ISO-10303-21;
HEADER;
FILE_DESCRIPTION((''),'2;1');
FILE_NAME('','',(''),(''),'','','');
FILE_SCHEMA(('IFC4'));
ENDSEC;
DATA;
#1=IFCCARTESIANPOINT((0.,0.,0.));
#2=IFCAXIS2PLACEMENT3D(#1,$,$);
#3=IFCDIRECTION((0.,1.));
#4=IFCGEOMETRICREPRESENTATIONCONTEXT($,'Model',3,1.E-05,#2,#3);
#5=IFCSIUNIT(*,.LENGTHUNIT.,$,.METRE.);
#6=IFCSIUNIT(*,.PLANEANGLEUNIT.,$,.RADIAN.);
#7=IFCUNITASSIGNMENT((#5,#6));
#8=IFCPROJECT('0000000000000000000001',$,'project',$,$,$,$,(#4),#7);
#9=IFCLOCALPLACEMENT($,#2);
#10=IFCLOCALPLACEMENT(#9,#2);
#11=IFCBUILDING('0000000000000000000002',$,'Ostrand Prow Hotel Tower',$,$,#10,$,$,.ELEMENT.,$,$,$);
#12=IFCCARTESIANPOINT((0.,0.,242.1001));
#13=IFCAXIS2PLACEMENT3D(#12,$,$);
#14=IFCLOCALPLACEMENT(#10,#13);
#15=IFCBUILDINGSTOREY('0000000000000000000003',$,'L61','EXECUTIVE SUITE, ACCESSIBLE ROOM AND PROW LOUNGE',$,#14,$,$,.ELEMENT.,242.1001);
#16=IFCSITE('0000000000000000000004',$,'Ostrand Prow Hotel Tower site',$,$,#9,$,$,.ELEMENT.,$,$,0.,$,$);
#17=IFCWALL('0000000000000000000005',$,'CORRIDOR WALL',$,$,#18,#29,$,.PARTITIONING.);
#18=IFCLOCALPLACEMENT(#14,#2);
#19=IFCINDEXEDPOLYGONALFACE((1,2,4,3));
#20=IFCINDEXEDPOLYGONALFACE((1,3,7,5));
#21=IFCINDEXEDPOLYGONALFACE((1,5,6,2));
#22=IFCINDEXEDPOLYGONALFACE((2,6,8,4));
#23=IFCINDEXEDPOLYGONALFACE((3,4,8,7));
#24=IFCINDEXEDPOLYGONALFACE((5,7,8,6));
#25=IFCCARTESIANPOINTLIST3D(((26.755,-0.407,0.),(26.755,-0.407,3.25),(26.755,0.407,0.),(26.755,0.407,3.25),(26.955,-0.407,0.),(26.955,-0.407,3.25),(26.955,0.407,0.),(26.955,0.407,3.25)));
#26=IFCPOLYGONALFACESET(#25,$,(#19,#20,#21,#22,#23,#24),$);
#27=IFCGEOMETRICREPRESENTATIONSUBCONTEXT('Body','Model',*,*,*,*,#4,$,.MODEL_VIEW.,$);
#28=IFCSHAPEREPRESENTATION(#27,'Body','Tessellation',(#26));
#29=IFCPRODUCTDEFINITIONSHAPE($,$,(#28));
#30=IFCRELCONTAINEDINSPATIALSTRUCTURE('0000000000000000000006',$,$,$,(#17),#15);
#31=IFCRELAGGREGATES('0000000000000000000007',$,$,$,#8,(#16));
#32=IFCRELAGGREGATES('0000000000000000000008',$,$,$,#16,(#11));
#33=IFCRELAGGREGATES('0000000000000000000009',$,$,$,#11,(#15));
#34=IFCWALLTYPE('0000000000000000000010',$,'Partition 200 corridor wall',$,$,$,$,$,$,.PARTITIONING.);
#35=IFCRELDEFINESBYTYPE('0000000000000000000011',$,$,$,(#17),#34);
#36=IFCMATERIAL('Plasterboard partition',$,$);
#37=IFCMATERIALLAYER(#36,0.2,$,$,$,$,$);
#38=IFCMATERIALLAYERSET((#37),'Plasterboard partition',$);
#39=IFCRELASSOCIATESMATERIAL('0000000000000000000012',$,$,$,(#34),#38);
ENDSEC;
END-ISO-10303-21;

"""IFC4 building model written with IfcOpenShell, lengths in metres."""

from ifc_helpers import new_model, si_unit, direction, frame, frame_2d, origin, place, context, subcontext, project, spatial, rectangle, extrude, material, layer, layer_set, type_object, element, save


model = new_model("IFC4")

# Units and contexts
model_context = context("Model", 3, precision=1e-05, world=origin(), true_north=direction((0.0, 1.0)))
body_context = subcontext(model_context, "Body", "Model", "MODEL_VIEW")
ifc_project = project(units=[si_unit("LENGTHUNIT", "METRE"), si_unit("PLANEANGLEUNIT", "RADIAN")], contexts=[model_context])

# Site, building, storey
site_placement = place(None, origin())
site = spatial("IfcSite", under=ifc_project, at=site_placement, Name="Ostrand Prow Hotel Tower site", CompositionType="ELEMENT", RefElevation=0.0)
building_placement = place(site_placement, origin())
building = spatial("IfcBuilding", under=site, at=building_placement, Name="Ostrand Prow Hotel Tower", CompositionType="ELEMENT")
storey_placement = place(building_placement, frame((0.0, 0.0, 242.1001)))
storey = spatial("IfcBuildingStorey", under=building, at=storey_placement, Name="L61", Description="EXECUTIVE SUITE, ACCESSIBLE ROOM AND PROW LOUNGE", CompositionType="ELEMENT", Elevation=242.1001)

# Shared definitions
ifc_material_1 = material(Name="Plasterboard partition")
ifc_layer_1 = layer(ifc_material_1, 0.2)
ifc_layer_set_1 = layer_set([ifc_layer_1], Name="Plasterboard partition")
wall_type_1 = type_object("IfcWallType", Name="Partition 200 corridor wall", PredefinedType="PARTITIONING", material=ifc_layer_set_1)

# Wall
wall_1_placement = place(storey_placement, frame((26.855, -0.407, 0.0), z_axis=(0.0, 0.0, 1.0), x_axis=(0.0, 1.0, 0.0)))
element("IfcWall", 1, at=wall_1_placement, inside=storey, type_object=wall_type_1, Name="CORRIDOR WALL", PredefinedType="PARTITIONING", context=body_context, shape_type="SweptSolid", body=[
    extrude(rectangle(XDim=0.814, YDim=0.2, at=frame_2d((0.407, 0.0))), origin(), (0.0, 0.0, 1.0), 3.25),
])

save(model, "model.ifc")
